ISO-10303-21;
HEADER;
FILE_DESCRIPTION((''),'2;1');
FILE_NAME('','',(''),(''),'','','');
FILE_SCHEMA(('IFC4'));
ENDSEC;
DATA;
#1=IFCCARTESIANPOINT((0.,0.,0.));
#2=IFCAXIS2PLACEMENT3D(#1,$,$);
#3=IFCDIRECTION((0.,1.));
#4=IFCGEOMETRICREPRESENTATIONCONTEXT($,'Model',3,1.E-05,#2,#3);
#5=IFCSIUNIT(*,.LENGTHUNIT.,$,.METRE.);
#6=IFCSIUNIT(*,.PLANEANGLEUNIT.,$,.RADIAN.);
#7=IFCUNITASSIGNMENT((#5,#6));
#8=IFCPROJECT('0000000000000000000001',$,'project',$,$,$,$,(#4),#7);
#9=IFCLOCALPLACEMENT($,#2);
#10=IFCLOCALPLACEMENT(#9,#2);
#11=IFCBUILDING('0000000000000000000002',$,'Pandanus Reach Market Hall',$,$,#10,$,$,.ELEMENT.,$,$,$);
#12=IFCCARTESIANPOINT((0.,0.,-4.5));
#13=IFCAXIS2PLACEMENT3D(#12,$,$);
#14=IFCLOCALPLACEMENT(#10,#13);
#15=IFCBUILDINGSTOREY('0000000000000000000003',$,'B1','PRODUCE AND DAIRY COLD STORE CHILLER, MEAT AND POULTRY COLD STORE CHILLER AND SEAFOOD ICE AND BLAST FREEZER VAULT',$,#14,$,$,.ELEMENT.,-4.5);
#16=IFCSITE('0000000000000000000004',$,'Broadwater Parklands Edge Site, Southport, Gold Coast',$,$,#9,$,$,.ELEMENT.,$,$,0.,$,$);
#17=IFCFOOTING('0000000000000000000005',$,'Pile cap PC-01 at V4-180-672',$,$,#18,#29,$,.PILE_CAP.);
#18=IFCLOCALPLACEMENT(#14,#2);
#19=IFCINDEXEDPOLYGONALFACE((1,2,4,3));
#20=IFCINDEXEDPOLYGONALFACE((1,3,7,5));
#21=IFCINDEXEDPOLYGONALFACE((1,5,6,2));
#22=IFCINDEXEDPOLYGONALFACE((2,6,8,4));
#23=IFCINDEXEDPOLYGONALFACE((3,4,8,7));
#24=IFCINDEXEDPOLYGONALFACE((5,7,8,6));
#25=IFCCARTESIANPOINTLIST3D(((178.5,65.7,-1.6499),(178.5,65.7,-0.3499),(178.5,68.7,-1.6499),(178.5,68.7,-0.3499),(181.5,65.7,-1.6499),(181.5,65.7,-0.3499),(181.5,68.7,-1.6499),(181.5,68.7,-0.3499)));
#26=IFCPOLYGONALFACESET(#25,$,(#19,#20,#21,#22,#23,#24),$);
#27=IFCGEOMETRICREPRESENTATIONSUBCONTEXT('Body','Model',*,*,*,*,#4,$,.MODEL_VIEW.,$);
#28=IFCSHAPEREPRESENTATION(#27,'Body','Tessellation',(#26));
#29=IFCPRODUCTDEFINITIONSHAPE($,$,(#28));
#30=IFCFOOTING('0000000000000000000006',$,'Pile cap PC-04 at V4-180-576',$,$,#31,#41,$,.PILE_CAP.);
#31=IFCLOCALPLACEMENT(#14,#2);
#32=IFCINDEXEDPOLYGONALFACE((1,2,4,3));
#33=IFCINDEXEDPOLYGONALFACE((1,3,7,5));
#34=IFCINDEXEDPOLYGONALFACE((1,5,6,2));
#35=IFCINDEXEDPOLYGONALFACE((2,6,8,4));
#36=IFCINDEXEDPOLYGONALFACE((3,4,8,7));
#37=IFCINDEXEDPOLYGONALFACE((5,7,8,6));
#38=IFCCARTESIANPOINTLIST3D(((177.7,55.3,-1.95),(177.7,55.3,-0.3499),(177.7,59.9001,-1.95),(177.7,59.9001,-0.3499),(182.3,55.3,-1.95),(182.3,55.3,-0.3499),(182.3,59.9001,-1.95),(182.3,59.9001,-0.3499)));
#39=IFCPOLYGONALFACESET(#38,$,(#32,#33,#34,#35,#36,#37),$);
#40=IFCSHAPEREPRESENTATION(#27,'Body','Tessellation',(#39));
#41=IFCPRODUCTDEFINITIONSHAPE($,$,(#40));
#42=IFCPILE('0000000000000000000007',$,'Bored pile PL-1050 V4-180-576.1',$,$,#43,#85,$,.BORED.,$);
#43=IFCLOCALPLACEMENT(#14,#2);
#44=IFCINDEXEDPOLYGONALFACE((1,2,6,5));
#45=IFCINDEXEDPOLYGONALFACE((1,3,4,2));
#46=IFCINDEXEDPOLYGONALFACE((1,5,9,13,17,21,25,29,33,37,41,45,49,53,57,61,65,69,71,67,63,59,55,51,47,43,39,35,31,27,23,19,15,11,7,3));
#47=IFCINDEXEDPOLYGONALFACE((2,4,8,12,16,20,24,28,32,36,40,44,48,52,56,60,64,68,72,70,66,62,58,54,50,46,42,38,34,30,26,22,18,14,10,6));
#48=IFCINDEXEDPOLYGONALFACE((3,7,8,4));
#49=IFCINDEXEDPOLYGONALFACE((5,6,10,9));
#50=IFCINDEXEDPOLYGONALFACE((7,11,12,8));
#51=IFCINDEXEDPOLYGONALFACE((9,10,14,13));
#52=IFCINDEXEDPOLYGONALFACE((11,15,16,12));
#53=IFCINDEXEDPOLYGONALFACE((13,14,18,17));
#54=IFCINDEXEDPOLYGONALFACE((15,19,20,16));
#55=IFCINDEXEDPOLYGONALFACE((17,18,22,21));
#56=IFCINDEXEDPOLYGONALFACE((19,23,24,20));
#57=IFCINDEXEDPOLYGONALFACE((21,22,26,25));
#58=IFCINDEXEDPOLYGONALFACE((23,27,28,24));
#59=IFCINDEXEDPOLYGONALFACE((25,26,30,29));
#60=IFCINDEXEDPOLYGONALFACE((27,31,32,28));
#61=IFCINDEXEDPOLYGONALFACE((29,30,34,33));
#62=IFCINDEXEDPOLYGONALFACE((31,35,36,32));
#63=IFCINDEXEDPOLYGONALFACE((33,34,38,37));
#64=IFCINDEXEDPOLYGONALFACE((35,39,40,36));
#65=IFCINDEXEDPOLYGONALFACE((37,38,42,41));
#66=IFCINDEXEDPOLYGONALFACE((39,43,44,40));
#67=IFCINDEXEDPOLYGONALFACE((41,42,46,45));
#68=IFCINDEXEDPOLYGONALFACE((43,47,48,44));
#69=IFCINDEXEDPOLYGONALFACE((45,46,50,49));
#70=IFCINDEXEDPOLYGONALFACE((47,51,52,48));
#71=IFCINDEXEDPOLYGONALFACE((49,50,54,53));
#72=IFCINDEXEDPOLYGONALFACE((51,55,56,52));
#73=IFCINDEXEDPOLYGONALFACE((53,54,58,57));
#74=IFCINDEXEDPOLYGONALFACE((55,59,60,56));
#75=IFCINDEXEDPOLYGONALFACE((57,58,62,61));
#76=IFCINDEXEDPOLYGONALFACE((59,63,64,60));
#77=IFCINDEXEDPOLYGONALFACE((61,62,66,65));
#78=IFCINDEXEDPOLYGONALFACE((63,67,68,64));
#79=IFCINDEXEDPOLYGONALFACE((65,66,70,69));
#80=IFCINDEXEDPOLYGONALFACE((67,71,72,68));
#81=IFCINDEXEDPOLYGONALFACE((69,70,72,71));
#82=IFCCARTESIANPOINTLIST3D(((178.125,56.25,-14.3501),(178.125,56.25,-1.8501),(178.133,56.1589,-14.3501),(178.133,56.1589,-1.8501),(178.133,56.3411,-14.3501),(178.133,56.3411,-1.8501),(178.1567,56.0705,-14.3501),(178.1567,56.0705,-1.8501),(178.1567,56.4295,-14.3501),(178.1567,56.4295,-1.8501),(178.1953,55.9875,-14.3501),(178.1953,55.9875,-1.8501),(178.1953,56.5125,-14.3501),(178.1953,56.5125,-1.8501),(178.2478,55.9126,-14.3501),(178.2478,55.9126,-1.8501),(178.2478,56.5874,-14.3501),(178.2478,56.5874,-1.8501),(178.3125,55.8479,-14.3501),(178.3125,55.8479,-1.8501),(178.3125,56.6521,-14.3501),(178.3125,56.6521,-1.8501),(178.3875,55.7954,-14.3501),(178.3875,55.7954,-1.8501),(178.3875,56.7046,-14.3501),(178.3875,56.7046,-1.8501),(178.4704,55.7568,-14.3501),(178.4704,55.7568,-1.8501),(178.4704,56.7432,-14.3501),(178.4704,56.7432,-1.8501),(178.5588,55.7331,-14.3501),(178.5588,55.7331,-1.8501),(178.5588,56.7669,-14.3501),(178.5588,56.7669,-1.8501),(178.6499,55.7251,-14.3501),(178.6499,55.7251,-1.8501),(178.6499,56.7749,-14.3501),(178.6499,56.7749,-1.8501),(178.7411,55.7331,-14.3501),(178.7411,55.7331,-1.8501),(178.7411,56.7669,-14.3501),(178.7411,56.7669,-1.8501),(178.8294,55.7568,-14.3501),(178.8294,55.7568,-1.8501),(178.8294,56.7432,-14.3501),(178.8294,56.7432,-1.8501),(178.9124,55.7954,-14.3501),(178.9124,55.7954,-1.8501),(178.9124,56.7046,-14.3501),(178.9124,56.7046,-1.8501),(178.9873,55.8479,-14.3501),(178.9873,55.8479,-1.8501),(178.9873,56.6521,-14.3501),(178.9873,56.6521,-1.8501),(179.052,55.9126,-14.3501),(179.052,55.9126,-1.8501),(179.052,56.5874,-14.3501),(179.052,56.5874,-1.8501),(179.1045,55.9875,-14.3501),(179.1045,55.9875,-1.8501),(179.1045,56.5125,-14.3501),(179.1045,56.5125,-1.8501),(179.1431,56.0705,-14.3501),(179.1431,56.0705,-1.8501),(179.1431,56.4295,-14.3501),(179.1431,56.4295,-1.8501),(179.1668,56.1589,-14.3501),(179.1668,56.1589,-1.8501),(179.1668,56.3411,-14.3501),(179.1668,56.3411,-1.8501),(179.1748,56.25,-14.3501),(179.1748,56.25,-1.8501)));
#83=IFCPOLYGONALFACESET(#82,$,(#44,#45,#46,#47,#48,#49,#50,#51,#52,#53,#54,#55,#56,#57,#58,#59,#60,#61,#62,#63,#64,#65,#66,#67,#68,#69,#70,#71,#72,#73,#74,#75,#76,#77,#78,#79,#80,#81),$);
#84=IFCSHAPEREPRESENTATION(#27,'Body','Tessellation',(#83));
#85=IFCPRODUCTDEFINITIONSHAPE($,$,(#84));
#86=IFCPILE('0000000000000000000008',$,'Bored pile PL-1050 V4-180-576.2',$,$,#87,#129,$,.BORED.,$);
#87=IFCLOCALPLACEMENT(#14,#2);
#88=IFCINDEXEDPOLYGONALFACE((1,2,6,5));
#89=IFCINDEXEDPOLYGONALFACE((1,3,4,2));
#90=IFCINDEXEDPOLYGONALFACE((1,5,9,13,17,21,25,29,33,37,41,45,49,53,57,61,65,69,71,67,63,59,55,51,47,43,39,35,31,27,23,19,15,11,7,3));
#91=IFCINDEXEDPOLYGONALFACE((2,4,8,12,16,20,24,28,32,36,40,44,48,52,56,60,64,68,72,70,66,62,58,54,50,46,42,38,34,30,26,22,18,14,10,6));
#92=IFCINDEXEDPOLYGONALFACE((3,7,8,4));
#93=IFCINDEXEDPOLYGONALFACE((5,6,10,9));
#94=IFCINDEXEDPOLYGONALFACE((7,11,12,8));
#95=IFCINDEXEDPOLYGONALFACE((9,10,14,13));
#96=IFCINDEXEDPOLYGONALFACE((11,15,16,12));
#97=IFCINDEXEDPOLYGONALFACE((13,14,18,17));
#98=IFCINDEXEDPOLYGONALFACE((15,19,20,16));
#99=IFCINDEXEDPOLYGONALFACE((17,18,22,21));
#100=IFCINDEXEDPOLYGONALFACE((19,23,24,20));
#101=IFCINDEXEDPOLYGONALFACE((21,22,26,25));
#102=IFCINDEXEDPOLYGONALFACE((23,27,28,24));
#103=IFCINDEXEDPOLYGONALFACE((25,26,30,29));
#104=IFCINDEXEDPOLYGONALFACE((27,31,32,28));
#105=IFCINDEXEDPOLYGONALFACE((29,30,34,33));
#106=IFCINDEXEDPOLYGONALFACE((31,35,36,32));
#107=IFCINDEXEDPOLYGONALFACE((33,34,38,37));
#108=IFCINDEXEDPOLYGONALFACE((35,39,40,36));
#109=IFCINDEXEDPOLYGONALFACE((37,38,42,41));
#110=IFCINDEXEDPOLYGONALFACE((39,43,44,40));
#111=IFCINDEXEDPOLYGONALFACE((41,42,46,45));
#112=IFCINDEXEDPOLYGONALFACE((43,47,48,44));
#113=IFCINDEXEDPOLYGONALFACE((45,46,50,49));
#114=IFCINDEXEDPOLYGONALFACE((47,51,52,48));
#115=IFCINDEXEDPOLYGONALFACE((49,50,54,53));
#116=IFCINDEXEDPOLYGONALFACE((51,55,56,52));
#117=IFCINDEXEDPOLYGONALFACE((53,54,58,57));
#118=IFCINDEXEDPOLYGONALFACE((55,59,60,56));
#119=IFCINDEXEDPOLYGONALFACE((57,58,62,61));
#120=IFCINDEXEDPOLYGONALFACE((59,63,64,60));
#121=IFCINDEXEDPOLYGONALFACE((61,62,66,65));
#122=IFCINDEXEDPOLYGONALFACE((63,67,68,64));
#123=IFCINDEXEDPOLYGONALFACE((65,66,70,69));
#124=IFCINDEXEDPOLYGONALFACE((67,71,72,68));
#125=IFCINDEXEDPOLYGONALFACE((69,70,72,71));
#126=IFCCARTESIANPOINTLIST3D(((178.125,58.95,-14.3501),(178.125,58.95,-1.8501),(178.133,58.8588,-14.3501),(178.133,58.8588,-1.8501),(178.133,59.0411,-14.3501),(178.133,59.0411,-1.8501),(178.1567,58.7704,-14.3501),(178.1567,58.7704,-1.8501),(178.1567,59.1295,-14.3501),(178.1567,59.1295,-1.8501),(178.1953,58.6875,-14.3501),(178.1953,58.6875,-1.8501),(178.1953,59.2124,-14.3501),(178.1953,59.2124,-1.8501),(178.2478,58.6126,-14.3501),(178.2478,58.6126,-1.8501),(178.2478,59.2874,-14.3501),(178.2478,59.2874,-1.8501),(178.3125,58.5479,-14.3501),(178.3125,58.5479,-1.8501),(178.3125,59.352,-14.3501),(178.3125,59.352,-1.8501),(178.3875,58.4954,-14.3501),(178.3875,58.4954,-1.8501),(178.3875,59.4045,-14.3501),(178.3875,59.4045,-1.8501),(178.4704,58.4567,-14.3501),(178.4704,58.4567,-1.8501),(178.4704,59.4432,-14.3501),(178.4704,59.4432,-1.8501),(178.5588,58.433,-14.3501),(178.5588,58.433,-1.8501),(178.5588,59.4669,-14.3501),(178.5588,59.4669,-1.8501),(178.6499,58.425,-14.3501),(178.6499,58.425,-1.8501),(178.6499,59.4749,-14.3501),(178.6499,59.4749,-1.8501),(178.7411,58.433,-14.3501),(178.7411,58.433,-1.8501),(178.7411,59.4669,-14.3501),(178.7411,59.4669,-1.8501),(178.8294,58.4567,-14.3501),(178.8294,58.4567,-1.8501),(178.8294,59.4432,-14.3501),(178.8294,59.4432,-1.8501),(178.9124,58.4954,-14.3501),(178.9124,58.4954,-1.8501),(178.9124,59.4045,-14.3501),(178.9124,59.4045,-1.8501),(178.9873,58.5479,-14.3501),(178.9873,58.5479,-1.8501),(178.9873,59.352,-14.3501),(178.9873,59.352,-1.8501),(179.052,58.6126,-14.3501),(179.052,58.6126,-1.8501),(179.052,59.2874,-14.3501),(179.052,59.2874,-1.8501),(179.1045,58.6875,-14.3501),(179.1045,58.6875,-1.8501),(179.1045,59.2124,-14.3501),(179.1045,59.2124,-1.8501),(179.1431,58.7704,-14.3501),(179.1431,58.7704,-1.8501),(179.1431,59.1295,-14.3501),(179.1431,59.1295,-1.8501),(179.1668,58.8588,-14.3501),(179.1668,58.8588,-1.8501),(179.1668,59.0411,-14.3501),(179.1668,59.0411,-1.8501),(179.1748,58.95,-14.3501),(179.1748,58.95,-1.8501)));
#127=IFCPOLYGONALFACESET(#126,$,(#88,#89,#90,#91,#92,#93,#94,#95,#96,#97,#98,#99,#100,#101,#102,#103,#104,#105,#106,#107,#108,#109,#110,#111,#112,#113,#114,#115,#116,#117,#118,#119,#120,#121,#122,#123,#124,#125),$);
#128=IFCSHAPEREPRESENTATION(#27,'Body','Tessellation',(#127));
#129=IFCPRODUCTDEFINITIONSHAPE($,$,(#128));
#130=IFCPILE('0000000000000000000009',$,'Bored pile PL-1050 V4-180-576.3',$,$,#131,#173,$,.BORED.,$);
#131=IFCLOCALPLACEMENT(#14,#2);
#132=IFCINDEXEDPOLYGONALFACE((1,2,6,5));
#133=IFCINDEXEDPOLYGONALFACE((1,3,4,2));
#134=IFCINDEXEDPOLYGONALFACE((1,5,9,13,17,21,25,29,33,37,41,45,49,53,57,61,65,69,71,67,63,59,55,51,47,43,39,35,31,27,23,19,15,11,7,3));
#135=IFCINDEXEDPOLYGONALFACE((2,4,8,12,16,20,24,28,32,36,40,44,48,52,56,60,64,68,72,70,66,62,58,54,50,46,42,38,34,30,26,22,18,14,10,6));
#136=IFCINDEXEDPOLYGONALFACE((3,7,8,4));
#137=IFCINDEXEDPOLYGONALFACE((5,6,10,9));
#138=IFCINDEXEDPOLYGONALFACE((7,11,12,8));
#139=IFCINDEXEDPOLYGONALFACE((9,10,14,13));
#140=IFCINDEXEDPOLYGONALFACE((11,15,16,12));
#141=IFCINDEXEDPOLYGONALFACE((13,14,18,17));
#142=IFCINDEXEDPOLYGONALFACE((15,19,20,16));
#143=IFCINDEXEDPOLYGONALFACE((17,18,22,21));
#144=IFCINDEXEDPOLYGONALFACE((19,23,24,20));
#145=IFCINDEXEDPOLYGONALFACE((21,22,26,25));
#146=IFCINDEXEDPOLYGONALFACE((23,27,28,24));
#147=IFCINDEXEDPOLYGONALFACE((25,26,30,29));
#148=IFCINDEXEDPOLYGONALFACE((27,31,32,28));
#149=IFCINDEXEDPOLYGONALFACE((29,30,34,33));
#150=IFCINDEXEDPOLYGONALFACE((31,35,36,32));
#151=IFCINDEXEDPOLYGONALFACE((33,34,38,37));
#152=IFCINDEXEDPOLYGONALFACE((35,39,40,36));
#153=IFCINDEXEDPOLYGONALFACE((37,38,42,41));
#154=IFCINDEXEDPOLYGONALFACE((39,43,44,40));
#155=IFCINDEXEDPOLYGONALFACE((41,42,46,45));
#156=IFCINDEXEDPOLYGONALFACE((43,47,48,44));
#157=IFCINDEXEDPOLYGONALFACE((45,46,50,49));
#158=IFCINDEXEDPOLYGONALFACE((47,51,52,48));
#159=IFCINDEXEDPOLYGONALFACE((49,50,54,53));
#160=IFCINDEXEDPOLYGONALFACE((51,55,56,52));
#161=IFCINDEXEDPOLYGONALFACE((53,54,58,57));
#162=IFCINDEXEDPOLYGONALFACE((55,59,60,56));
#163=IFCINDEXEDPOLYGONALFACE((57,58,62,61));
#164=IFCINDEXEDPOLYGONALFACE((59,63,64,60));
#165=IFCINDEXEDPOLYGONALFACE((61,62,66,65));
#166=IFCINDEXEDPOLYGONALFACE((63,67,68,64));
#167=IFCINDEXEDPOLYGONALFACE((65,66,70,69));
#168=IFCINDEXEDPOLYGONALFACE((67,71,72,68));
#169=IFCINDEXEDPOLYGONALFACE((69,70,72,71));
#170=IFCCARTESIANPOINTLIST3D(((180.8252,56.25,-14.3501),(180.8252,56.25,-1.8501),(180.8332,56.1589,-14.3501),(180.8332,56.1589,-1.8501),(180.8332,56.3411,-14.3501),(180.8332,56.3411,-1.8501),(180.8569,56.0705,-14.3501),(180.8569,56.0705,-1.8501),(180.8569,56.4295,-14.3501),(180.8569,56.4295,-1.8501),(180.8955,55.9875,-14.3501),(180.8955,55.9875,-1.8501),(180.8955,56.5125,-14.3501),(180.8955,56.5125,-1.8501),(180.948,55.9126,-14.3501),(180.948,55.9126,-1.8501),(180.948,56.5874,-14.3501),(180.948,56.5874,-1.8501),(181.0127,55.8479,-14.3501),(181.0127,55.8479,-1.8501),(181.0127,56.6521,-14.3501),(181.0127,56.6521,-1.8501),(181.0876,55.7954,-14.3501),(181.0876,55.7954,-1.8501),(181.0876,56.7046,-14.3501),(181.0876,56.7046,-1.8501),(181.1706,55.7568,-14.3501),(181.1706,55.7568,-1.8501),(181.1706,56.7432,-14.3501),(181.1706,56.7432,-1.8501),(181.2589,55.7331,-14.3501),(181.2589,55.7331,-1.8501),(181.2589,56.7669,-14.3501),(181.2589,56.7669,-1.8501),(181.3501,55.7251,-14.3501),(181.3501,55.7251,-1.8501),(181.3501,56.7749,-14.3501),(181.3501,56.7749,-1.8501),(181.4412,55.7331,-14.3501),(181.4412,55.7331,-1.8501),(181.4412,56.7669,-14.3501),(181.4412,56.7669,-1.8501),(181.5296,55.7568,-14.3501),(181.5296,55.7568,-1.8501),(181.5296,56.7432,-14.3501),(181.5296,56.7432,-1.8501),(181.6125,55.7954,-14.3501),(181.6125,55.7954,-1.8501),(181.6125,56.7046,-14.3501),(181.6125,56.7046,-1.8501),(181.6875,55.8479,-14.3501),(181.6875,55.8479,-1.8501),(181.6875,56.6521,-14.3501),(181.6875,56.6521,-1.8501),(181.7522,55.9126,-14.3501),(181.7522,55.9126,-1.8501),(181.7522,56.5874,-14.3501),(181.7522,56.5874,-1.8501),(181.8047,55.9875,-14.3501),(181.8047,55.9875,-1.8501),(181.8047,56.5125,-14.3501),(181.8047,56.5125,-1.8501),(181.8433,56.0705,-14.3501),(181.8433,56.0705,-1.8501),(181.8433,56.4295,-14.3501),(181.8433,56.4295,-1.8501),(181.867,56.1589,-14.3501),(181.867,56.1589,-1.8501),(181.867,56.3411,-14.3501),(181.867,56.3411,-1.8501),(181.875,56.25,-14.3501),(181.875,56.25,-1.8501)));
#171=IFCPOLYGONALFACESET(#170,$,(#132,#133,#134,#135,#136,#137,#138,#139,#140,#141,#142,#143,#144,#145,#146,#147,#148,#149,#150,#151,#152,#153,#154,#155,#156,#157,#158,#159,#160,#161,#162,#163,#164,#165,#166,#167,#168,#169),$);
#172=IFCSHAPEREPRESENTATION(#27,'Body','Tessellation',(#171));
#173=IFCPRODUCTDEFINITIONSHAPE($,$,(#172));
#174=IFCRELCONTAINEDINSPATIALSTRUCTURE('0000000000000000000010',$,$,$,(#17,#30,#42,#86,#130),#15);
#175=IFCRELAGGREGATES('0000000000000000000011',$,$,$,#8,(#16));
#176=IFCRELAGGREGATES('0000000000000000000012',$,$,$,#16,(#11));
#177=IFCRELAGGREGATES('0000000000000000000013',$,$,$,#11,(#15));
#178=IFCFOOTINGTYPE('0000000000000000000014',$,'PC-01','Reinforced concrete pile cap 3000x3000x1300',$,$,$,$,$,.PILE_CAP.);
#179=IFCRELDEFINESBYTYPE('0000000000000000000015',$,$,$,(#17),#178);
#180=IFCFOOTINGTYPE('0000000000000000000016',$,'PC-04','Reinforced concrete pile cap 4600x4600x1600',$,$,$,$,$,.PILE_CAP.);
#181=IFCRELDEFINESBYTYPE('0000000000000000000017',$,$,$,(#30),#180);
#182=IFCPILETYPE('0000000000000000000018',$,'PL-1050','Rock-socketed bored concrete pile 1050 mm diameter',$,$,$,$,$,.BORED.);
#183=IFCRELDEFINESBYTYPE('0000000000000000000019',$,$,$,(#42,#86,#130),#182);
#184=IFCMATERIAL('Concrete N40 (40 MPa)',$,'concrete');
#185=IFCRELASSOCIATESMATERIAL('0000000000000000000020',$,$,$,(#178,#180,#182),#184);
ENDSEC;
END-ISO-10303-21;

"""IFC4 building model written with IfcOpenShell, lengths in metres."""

from ifc_helpers import new_model, si_unit, direction, frame, origin, origin_2d, place, context, subcontext, project, spatial, rectangle, circle, extrude, material, material_profile, profile_set, type_object, element, save


model = new_model("IFC4")

# Units and contexts
model_context = context("Model", 3, precision=1e-05, world=origin(), true_north=direction((0.0, 1.0)))
body_context = subcontext(model_context, "Body", "Model", "MODEL_VIEW")
ifc_project = project(units=[si_unit("LENGTHUNIT", "METRE"), si_unit("PLANEANGLEUNIT", "RADIAN")], contexts=[model_context])

# Site, building, storey
site_placement = place(None, origin())
site = spatial("IfcSite", under=ifc_project, at=site_placement, Name="Broadwater Parklands Edge Site, Southport, Gold Coast", CompositionType="ELEMENT", RefElevation=0.0)
building_placement = place(site_placement, origin())
building = spatial("IfcBuilding", under=site, at=building_placement, Name="Pandanus Reach Market Hall", CompositionType="ELEMENT")
storey_placement = place(building_placement, frame((0.0, 0.0, -4.5)))
storey = spatial("IfcBuildingStorey", under=building, at=storey_placement, Name="B1", Description="PRODUCE AND DAIRY COLD STORE CHILLER, MEAT AND POULTRY COLD STORE CHILLER AND SEAFOOD ICE AND BLAST FREEZER VAULT", CompositionType="ELEMENT", Elevation=-4.5)

# Footings
ifc_material_1 = material(Name="Concrete N40 (40 MPa)", Category="concrete")
footing_type_1 = type_object("IfcFootingType", Name="PC-01", Description="Reinforced concrete pile cap 3000x3000x1300", PredefinedType="PILE_CAP", material=ifc_material_1)
footing_1_placement = place(storey_placement, frame((180.0, 67.2, -1.6499), z_axis=(0.0, 0.0, 1.0), x_axis=(1.0, 0.0, 0.0)))
element("IfcFooting", 1, at=footing_1_placement, inside=storey, type_object=footing_type_1, Name="Pile cap PC-01 at V4-180-672", PredefinedType="PILE_CAP", context=body_context, shape_type="SweptSolid", body=[
    extrude(rectangle(XDim=3.0, YDim=3.0, at=origin_2d()), origin(), (0.0, 0.0, 1.0), 1.3),
])
footing_type_2 = type_object("IfcFootingType", Name="PC-04", Description="Reinforced concrete pile cap 4600x4600x1600", PredefinedType="PILE_CAP", material=ifc_material_1)
footing_2_placement = place(storey_placement, frame((180.0, 57.6001, -1.95), z_axis=(0.0, 0.0, 1.0), x_axis=(1.0, 0.0, 0.0)))
element("IfcFooting", 2, at=footing_2_placement, inside=storey, type_object=footing_type_2, Name="Pile cap PC-04 at V4-180-576", PredefinedType="PILE_CAP", context=body_context, shape_type="SweptSolid", body=[
    extrude(rectangle(XDim=4.6001, YDim=4.6001, at=origin_2d()), origin(), (0.0, 0.0, 1.0), 1.6001),
])

# Piles
ifc_material_profile_1 = material_profile(ifc_material_1, circle(Radius=0.5249, at=origin_2d()), Name="PILE-1050D", Category="LoadBearing")
ifc_profile_set_1 = profile_set([ifc_material_profile_1], Name="Concrete N40 (40 MPa)")
pile_type_1 = type_object("IfcPileType", Name="PL-1050", Description="Rock-socketed bored concrete pile 1050 mm diameter", PredefinedType="BORED", material=ifc_profile_set_1)
for number, where, z_axis, x_axis, name in (
    (3, (178.6499, 56.25, -1.8501), (0.0, 0.0, -1.0), (1.0, 0.0, 0.0), "Bored pile PL-1050 V4-180-576.1"),
    (4, (178.6499, 58.95, -1.8501), (0.0, 0.0, -1.0), (1.0, 0.0, 0.0), "Bored pile PL-1050 V4-180-576.2"),
    (5, (181.3501, 56.25, -1.8501), (0.0, 0.0, -1.0), (1.0, 0.0, 0.0), "Bored pile PL-1050 V4-180-576.3"),
):
    element("IfcPile", number, at=place(storey_placement, frame(where, z_axis=z_axis, x_axis=x_axis)), inside=storey, type_object=pile_type_1, Name=name, PredefinedType="BORED", context=body_context, shape_type="SweptSolid", body=[
        extrude(circle(Radius=0.5249, at=origin_2d()), origin(), (0.0, 0.0, 1.0), 12.5),
    ])

save(model, "model.ifc")
